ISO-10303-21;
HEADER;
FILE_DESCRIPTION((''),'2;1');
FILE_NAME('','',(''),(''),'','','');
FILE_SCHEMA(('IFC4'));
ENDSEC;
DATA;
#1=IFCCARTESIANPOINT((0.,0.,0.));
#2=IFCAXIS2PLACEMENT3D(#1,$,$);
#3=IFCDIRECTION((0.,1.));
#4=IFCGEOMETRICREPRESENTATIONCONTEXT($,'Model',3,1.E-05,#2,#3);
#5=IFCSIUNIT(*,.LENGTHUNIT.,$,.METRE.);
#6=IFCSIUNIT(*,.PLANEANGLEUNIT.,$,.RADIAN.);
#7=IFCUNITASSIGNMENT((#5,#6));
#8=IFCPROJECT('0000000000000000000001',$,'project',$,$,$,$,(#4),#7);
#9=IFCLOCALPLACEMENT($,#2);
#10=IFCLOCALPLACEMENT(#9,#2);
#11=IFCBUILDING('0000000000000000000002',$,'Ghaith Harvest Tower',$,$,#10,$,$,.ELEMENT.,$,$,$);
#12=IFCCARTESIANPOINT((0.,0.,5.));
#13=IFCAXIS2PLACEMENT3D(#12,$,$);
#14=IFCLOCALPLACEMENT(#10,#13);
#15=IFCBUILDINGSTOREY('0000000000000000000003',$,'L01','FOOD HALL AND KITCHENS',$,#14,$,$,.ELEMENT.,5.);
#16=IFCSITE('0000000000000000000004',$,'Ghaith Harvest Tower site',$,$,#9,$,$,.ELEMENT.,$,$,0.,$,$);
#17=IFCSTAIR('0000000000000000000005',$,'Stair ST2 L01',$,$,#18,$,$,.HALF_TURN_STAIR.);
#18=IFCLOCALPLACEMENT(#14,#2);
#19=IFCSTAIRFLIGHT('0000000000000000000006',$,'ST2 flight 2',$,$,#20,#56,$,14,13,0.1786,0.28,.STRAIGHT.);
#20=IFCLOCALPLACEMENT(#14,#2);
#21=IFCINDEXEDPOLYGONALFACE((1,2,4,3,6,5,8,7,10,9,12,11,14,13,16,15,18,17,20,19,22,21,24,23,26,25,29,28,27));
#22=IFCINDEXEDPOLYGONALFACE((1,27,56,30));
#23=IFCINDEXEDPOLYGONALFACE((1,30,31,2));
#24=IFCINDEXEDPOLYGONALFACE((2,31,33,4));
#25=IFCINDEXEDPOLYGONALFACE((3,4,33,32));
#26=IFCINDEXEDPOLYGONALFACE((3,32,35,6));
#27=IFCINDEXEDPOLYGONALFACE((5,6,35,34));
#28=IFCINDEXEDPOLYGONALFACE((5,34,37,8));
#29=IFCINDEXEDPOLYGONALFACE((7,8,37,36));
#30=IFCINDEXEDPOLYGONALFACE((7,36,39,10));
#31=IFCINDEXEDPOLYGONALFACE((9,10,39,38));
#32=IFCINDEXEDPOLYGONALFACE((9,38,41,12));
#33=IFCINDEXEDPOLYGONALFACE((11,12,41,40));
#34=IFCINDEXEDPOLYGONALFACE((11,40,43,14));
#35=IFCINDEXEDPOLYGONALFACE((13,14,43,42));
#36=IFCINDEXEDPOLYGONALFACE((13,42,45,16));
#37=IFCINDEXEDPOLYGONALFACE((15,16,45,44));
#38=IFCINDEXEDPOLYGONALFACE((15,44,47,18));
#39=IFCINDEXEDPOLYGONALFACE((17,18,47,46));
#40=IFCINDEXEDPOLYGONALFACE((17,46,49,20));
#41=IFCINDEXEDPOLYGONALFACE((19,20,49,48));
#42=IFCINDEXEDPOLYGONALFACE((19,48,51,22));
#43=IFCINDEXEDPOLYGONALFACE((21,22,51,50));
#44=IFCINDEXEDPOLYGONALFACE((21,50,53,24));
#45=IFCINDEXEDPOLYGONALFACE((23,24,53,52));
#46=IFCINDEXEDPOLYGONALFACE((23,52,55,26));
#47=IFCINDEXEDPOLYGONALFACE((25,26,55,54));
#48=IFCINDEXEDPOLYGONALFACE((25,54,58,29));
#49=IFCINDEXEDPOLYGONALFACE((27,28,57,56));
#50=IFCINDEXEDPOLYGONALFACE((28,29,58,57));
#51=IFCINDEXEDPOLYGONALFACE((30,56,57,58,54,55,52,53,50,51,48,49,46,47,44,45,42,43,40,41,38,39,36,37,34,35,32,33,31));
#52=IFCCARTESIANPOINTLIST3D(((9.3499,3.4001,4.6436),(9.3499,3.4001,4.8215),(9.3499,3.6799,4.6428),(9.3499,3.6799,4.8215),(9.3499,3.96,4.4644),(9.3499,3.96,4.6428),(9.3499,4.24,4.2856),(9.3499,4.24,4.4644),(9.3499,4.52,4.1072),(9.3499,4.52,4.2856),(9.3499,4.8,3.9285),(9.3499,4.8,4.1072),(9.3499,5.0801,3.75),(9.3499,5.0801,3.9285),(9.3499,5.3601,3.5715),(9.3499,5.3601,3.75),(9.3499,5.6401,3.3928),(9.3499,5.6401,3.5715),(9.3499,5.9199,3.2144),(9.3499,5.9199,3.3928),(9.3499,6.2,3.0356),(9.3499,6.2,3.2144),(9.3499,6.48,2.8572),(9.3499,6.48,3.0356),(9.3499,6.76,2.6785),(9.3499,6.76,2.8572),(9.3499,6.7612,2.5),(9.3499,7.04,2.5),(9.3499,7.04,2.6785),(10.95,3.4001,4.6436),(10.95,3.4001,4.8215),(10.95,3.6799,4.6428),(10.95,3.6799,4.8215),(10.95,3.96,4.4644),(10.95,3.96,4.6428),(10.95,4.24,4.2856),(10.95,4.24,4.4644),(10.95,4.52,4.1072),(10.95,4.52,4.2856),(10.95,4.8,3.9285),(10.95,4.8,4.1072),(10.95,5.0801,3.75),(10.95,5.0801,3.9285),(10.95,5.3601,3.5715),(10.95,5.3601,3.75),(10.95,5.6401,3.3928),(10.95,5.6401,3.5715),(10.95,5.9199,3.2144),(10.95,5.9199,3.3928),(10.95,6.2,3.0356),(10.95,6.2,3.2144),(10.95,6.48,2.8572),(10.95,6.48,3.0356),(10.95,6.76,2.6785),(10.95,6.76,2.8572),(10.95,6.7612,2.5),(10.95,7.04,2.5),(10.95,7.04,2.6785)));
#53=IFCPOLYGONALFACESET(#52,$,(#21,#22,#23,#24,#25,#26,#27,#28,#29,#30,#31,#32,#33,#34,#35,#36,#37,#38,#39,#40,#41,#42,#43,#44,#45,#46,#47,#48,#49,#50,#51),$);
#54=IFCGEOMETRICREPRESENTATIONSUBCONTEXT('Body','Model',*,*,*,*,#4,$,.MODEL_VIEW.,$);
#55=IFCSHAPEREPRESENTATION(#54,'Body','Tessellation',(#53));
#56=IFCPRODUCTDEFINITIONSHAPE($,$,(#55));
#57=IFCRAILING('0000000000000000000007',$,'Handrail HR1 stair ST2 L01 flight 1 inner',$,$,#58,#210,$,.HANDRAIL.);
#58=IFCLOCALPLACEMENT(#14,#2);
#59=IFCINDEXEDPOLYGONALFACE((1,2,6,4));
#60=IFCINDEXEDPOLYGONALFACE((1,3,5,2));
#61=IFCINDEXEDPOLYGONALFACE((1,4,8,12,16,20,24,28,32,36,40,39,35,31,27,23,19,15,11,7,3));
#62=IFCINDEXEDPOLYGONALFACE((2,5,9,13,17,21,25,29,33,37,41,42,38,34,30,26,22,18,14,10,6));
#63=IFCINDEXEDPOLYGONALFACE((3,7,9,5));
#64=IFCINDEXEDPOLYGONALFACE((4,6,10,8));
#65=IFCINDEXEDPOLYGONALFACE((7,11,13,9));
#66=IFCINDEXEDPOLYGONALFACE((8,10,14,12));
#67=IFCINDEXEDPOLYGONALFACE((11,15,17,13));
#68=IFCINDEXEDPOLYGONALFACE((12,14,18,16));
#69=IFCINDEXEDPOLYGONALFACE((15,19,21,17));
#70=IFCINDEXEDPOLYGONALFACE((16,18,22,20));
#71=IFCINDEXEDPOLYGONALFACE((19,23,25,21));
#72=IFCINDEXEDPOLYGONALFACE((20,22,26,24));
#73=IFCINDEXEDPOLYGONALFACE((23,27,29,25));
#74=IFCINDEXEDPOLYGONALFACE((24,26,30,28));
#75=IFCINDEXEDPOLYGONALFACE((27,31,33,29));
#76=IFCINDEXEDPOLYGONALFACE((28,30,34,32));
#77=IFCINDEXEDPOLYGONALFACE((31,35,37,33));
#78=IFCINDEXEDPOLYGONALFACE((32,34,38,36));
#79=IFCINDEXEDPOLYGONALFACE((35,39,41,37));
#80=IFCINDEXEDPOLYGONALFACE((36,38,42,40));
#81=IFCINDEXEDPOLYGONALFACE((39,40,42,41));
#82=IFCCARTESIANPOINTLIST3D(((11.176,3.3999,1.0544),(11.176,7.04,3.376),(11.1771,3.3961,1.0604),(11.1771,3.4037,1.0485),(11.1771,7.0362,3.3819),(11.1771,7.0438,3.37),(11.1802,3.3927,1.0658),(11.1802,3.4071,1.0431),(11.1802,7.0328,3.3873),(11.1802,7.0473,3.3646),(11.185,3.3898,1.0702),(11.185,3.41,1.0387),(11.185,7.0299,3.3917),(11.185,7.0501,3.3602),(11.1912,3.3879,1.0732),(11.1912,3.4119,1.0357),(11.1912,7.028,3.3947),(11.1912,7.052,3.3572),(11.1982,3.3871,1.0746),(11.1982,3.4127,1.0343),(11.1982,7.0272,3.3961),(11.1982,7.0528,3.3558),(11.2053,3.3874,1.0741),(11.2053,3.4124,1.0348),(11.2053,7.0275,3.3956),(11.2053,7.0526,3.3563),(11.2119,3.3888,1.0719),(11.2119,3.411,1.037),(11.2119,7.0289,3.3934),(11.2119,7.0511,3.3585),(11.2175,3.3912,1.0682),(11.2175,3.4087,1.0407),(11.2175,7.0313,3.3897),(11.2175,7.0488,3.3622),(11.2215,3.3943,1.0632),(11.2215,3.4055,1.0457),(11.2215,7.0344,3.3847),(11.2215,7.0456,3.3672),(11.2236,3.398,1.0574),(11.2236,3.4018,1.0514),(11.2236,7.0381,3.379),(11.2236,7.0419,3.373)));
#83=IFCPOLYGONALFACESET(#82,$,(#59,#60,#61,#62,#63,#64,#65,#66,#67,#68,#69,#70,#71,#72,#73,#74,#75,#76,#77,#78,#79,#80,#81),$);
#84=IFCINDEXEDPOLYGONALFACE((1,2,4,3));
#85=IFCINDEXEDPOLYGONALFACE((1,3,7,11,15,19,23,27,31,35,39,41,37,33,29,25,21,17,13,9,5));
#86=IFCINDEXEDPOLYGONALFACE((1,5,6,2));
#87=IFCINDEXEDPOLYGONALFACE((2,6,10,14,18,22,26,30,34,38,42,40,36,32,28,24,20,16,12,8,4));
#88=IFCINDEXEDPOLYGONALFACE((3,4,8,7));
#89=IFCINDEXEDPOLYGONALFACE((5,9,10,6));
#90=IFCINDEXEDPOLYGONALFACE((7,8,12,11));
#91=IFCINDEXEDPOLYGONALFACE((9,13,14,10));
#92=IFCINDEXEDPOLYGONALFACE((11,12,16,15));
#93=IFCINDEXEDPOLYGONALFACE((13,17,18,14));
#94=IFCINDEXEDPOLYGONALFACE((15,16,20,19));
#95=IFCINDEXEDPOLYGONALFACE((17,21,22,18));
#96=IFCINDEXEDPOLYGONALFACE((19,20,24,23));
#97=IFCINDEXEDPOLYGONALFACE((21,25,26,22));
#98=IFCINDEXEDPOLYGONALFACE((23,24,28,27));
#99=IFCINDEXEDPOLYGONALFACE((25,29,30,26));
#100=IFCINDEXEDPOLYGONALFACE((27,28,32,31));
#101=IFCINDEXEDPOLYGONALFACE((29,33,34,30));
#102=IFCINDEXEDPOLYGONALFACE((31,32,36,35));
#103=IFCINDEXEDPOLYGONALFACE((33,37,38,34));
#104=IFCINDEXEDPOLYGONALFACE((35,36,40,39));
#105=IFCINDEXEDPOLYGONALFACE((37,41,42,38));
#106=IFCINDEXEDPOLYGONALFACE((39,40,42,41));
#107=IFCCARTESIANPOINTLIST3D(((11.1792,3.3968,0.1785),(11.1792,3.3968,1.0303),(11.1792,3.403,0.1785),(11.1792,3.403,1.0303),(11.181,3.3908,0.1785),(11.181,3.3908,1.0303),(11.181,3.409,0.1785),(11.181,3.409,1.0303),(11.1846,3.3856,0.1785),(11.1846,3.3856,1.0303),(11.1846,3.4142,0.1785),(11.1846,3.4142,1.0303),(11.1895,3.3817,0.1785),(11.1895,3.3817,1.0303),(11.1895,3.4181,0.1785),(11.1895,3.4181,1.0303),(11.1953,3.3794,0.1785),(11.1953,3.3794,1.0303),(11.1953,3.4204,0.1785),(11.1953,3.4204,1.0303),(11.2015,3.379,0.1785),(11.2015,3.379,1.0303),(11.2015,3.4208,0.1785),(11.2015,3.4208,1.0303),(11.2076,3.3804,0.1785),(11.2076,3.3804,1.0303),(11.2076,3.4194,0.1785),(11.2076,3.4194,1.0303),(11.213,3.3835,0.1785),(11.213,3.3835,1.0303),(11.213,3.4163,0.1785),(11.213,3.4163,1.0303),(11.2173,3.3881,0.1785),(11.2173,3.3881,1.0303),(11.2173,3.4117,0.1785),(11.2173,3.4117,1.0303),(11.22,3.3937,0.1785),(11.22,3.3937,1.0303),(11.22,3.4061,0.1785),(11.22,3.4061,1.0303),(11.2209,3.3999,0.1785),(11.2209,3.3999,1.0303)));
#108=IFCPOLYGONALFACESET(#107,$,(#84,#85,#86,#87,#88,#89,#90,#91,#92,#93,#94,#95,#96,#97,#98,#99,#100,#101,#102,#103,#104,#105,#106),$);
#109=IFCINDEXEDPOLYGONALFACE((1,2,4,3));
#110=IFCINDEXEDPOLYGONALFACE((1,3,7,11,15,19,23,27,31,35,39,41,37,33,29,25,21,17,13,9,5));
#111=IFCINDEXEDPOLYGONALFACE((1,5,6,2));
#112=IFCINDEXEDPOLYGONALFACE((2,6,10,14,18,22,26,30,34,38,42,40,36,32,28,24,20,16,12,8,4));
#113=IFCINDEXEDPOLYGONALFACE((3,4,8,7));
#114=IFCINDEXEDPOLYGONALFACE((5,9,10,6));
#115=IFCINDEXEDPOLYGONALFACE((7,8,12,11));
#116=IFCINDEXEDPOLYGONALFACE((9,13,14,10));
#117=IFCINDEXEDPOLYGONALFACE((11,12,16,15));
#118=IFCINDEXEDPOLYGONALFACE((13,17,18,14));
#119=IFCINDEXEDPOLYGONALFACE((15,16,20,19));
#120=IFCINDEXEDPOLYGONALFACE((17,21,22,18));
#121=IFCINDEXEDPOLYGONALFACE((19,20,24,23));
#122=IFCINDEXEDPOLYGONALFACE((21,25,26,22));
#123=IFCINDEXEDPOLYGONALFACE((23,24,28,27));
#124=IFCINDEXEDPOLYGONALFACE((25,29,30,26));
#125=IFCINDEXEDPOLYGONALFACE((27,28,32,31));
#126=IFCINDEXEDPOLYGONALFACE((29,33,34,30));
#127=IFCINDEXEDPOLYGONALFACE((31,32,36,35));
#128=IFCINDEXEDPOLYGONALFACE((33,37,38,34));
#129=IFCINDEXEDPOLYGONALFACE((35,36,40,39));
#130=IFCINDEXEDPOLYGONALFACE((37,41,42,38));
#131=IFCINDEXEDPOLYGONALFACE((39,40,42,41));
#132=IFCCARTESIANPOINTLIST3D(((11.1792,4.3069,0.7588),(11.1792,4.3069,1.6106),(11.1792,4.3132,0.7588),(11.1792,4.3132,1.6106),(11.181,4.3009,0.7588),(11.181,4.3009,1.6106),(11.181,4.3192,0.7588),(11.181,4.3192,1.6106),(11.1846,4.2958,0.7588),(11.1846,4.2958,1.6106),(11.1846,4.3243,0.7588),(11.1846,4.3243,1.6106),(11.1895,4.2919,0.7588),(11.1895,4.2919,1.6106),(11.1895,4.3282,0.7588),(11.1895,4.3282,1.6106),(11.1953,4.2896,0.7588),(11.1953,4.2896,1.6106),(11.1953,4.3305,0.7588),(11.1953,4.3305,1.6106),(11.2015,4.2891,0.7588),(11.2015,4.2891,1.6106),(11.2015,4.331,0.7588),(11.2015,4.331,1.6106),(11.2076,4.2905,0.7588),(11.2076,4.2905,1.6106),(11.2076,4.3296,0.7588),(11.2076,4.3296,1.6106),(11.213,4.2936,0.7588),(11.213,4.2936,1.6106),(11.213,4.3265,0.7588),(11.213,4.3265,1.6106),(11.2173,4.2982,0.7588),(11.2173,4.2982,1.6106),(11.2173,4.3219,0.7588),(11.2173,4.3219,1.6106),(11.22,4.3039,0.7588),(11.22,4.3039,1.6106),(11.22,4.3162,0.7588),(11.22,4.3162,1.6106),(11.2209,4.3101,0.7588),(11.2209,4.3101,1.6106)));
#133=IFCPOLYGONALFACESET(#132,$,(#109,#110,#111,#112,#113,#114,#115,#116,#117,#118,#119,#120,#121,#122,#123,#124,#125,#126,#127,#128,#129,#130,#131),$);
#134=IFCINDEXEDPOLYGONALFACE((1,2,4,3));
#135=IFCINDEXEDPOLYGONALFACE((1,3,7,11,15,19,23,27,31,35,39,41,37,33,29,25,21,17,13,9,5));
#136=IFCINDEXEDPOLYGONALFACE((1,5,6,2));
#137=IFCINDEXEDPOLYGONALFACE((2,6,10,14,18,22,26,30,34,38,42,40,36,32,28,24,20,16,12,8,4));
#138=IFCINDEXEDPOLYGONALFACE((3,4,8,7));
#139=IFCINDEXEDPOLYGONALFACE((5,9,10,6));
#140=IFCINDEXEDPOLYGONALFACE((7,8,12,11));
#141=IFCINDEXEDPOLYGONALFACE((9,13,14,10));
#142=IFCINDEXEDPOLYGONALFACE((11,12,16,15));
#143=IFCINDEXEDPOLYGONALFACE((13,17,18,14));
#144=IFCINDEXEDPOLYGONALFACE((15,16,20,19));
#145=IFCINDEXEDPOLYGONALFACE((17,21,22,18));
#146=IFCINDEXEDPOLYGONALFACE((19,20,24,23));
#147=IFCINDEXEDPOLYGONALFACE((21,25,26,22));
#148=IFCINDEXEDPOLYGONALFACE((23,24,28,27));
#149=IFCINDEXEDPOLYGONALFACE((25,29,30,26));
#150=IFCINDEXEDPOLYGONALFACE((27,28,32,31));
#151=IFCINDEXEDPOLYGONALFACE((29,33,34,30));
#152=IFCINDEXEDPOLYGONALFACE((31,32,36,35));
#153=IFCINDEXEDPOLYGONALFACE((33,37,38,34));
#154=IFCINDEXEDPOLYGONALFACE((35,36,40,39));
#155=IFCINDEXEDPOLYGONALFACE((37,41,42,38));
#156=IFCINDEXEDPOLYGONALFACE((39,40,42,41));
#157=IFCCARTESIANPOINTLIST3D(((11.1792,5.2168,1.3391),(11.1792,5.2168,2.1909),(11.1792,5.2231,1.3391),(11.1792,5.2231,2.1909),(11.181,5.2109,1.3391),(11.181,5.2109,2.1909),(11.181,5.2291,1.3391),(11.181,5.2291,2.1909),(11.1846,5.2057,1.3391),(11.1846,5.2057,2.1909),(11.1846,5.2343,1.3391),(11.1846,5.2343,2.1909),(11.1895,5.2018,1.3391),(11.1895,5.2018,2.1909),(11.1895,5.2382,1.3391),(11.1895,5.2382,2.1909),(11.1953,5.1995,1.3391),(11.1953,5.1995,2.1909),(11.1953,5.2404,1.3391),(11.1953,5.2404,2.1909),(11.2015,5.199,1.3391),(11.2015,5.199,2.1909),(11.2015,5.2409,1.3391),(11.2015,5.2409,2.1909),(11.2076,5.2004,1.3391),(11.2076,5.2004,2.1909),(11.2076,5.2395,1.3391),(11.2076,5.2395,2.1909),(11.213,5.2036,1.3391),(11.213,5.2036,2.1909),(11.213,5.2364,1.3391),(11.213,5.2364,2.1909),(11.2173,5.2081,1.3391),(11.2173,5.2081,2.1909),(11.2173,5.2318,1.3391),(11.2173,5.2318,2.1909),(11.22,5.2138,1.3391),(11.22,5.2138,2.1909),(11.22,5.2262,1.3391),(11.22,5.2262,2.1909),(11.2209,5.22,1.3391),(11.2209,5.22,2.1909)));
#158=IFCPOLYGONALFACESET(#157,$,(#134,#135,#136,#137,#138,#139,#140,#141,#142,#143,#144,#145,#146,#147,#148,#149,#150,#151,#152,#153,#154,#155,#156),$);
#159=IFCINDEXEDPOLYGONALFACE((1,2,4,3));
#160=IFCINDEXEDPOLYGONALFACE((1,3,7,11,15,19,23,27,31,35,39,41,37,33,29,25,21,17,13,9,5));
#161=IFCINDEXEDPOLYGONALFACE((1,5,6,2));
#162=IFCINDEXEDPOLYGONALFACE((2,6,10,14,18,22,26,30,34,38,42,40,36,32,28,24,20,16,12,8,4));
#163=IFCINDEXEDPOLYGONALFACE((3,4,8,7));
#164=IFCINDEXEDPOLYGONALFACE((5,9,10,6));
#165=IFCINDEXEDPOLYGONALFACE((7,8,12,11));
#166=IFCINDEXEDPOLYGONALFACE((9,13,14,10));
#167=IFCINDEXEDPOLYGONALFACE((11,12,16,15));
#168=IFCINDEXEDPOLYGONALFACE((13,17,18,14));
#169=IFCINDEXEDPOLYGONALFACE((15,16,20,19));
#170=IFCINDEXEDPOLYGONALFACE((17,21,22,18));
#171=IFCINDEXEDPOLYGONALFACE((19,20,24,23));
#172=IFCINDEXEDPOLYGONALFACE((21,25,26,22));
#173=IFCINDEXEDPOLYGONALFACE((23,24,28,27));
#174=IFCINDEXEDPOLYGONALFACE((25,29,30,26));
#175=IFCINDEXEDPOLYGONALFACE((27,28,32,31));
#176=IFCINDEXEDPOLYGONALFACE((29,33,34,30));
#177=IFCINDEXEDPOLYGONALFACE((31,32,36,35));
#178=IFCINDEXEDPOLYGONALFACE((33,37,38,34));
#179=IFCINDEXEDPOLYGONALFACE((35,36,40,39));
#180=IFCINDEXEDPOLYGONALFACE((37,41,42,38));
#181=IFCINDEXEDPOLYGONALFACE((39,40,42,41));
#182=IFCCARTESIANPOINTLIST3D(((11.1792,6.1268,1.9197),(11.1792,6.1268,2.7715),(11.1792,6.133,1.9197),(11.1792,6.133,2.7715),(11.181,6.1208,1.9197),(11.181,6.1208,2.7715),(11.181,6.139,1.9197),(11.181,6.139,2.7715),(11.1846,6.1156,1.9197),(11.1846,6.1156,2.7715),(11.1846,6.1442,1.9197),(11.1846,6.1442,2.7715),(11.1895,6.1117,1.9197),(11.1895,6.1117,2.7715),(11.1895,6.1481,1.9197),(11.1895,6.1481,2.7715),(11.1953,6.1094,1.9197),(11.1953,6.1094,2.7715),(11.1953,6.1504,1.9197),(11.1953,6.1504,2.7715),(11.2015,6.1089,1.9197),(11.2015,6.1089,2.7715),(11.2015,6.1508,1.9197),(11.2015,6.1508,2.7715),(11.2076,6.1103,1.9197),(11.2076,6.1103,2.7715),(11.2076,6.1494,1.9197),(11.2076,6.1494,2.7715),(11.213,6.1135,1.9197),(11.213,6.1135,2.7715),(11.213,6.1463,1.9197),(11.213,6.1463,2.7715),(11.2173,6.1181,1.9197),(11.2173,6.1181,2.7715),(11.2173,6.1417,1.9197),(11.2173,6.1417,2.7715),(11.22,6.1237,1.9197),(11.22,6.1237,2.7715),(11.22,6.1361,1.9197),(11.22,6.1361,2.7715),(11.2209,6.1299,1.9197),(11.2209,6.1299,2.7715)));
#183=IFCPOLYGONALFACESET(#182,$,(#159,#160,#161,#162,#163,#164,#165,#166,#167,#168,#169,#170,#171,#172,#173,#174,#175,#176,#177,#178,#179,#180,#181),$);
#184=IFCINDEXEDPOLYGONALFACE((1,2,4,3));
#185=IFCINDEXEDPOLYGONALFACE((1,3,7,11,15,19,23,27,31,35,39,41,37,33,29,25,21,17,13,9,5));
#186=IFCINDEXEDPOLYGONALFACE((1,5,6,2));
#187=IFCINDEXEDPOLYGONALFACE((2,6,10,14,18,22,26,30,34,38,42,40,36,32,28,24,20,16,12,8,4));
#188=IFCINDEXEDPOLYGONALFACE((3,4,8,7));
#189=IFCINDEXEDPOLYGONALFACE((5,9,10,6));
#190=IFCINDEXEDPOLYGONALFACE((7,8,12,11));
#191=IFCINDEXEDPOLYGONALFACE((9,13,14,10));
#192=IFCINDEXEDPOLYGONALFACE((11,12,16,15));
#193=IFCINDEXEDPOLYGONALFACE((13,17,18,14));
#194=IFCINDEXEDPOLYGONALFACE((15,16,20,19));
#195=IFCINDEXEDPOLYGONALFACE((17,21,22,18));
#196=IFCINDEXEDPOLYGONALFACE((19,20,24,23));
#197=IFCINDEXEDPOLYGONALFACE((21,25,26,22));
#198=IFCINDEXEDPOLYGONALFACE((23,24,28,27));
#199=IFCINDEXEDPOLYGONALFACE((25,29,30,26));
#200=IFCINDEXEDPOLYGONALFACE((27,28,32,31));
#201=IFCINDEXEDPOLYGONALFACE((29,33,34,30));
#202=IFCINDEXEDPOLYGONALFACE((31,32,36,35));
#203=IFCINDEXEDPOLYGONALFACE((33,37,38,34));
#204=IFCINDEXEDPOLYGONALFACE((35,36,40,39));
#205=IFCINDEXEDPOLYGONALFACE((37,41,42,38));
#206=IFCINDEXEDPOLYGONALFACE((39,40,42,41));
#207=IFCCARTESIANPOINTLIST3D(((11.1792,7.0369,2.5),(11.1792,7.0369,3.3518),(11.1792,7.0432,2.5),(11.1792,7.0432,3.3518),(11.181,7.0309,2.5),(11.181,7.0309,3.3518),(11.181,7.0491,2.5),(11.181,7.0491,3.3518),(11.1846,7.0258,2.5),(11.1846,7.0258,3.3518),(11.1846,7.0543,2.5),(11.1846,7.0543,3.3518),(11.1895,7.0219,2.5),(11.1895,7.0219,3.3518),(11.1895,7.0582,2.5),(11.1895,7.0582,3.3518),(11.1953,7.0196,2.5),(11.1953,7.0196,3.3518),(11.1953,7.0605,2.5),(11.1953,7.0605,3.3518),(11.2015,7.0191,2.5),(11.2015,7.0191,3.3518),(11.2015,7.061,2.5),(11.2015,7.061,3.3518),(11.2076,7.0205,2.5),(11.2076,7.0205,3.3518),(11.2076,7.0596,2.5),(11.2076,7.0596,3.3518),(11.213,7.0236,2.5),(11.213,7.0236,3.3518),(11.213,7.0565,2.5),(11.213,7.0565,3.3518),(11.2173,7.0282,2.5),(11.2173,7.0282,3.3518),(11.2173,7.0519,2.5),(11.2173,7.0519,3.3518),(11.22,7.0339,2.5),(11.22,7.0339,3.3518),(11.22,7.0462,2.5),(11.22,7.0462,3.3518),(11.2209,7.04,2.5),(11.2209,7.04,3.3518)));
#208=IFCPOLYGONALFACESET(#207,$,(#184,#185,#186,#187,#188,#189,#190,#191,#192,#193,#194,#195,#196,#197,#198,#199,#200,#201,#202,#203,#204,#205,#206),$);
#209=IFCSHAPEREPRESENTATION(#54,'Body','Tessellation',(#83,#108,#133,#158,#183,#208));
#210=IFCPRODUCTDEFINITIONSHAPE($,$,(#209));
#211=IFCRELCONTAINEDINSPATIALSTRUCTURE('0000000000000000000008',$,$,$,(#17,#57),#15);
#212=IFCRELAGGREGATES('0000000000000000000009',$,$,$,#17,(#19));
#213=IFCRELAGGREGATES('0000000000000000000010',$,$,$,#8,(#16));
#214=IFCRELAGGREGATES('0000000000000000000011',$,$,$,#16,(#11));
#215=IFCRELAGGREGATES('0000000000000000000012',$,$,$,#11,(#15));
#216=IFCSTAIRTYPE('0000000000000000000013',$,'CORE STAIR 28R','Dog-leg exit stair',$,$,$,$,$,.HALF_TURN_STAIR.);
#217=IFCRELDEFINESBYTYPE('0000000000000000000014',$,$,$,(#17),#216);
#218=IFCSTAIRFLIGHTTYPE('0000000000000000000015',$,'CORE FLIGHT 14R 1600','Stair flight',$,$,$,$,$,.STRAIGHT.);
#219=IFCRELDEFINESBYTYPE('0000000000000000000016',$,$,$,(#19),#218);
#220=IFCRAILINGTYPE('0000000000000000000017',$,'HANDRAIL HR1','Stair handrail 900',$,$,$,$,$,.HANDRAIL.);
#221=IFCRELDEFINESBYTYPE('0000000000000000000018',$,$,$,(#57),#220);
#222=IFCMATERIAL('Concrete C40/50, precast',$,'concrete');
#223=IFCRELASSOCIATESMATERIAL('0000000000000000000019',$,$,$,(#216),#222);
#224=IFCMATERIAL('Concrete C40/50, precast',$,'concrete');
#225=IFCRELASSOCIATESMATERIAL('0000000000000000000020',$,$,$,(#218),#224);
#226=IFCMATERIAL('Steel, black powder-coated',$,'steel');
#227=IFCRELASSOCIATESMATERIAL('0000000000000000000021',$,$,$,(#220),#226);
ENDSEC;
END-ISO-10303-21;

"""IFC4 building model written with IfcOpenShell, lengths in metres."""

from ifc_helpers import new_model, si_unit, direction, frame, origin, origin_2d, place, context, subcontext, project, spatial, polyline, circle, outline, extrude, material, type_object, element, aggregate, save


model = new_model("IFC4")

# Units and contexts
model_context = context("Model", 3, precision=1e-05, world=origin(), true_north=direction((0.0, 1.0)))
body_context = subcontext(model_context, "Body", "Model", "MODEL_VIEW")
ifc_project = project(units=[si_unit("LENGTHUNIT", "METRE"), si_unit("PLANEANGLEUNIT", "RADIAN")], contexts=[model_context])

# Site, building, storey
site_placement = place(None, origin())
site = spatial("IfcSite", under=ifc_project, at=site_placement, Name="Ghaith Harvest Tower site", CompositionType="ELEMENT", RefElevation=0.0)
building_placement = place(site_placement, origin())
building = spatial("IfcBuilding", under=site, at=building_placement, Name="Ghaith Harvest Tower", CompositionType="ELEMENT")
storey_placement = place(building_placement, frame((0.0, 0.0, 5.0)))
storey = spatial("IfcBuildingStorey", under=building, at=storey_placement, Name="L01", Description="FOOD HALL AND KITCHENS", CompositionType="ELEMENT", Elevation=5.0)

# Stair, stair flight
ifc_material_1 = material(Name="Concrete C40/50, precast", Category="concrete")
stair_type = type_object("IfcStairType", Name="CORE STAIR 28R", Description="Dog-leg exit stair", PredefinedType="HALF_TURN_STAIR", material=ifc_material_1)
stair_placement = place(storey_placement, origin())
stair = element("IfcStair", 1, at=stair_placement, inside=storey, type_object=stair_type, Name="Stair ST2 L01", PredefinedType="HALF_TURN_STAIR")
ifc_material_2 = material(Name="Concrete C40/50, precast", Category="concrete")
stair_flight_type = type_object("IfcStairFlightType", Name="CORE FLIGHT 14R 1600", Description="Stair flight", PredefinedType="STRAIGHT", material=ifc_material_2)
stair_flight_1_placement = place(storey_placement, frame((10.1499, 7.04, 2.5), z_axis=(0.0, 0.0, 1.0), x_axis=(0.0, -1.0, 0.0)))
stair_flight_1 = element("IfcStairFlight", 2, at=stair_flight_1_placement, type_object=stair_flight_type, Name="ST2 flight 2", NumberOfRisers=14, NumberOfTreads=13, PredefinedType="STRAIGHT", RiserHeight=0.1786, TreadLength=0.28, context=body_context, shape_type="SweptSolid", body=[
    extrude(outline(polyline([(0.0, 0.0), (0.0, 0.1785), (0.28, 0.1785), (0.28, 0.3572), (0.5601, 0.3572), (0.5601, 0.5356), (0.8401, 0.5356), (0.8401, 0.7144), (1.1201, 0.7144), (1.1201, 0.8928), (1.3999, 0.8928), (1.3999, 1.0715), (1.6799, 1.0715), (1.6799, 1.25), (1.96, 1.25), (1.96, 1.4285), (2.24, 1.4285), (2.24, 1.6072), (2.52, 1.6072), (2.52, 1.7856), (2.8, 1.7856), (2.8, 1.9644), (3.0801, 1.9644), (3.0801, 2.1428), (3.3601, 2.1428), (3.3601, 2.3215), (3.6399, 2.3215), (3.6399, 2.5), (3.6399, 2.1436), (0.2788, 0.0), (0.0, 0.0)])), frame((0.0, 0.8, 0.0), z_axis=(0.0, -1.0, 0.0), x_axis=(1.0, 0.0, 0.0)), (0.0, 0.0, 1.0), 1.6001),
])
aggregate(stair, [stair_flight_1])

# Railing
ifc_material_3 = material(Name="Steel, black powder-coated", Category="steel")
railing_type = type_object("IfcRailingType", Name="HANDRAIL HR1", Description="Stair handrail 900", PredefinedType="HANDRAIL", material=ifc_material_3)
railing_1_placement = place(storey_placement, frame((11.2, 3.3999, 0.1785)))
element("IfcRailing", 3, at=railing_1_placement, inside=storey, type_object=railing_type, Name="Handrail HR1 stair ST2 L01 flight 1 inner", PredefinedType="HANDRAIL", context=body_context, shape_type="SweptSolid", body=[
    extrude(circle(Radius=0.0239, at=origin_2d()), frame((0.0, 0.0, 0.876), z_axis=(0.0, 0.843128, 0.537713), x_axis=(-1.0, 0.0, 0.0)), (0.0, 0.0, 1.0), 4.3174),
    extrude(circle(Radius=0.021, at=origin_2d()), origin(), (0.0, 0.0, 1.0), 0.8518),
    extrude(circle(Radius=0.021, at=origin_2d()), frame((0.0, 0.9102, 0.5803)), (0.0, 0.0, 1.0), 0.8518),
    extrude(circle(Radius=0.021, at=origin_2d()), frame((0.0, 1.8201, 1.1606)), (0.0, 0.0, 1.0), 0.8518),
    extrude(circle(Radius=0.021, at=origin_2d()), frame((0.0, 2.73, 1.7412)), (0.0, 0.0, 1.0), 0.8518),
    extrude(circle(Radius=0.021, at=origin_2d()), frame((0.0, 3.6401, 2.3215)), (0.0, 0.0, 1.0), 0.8518),
])

save(model, "model.ifc")
